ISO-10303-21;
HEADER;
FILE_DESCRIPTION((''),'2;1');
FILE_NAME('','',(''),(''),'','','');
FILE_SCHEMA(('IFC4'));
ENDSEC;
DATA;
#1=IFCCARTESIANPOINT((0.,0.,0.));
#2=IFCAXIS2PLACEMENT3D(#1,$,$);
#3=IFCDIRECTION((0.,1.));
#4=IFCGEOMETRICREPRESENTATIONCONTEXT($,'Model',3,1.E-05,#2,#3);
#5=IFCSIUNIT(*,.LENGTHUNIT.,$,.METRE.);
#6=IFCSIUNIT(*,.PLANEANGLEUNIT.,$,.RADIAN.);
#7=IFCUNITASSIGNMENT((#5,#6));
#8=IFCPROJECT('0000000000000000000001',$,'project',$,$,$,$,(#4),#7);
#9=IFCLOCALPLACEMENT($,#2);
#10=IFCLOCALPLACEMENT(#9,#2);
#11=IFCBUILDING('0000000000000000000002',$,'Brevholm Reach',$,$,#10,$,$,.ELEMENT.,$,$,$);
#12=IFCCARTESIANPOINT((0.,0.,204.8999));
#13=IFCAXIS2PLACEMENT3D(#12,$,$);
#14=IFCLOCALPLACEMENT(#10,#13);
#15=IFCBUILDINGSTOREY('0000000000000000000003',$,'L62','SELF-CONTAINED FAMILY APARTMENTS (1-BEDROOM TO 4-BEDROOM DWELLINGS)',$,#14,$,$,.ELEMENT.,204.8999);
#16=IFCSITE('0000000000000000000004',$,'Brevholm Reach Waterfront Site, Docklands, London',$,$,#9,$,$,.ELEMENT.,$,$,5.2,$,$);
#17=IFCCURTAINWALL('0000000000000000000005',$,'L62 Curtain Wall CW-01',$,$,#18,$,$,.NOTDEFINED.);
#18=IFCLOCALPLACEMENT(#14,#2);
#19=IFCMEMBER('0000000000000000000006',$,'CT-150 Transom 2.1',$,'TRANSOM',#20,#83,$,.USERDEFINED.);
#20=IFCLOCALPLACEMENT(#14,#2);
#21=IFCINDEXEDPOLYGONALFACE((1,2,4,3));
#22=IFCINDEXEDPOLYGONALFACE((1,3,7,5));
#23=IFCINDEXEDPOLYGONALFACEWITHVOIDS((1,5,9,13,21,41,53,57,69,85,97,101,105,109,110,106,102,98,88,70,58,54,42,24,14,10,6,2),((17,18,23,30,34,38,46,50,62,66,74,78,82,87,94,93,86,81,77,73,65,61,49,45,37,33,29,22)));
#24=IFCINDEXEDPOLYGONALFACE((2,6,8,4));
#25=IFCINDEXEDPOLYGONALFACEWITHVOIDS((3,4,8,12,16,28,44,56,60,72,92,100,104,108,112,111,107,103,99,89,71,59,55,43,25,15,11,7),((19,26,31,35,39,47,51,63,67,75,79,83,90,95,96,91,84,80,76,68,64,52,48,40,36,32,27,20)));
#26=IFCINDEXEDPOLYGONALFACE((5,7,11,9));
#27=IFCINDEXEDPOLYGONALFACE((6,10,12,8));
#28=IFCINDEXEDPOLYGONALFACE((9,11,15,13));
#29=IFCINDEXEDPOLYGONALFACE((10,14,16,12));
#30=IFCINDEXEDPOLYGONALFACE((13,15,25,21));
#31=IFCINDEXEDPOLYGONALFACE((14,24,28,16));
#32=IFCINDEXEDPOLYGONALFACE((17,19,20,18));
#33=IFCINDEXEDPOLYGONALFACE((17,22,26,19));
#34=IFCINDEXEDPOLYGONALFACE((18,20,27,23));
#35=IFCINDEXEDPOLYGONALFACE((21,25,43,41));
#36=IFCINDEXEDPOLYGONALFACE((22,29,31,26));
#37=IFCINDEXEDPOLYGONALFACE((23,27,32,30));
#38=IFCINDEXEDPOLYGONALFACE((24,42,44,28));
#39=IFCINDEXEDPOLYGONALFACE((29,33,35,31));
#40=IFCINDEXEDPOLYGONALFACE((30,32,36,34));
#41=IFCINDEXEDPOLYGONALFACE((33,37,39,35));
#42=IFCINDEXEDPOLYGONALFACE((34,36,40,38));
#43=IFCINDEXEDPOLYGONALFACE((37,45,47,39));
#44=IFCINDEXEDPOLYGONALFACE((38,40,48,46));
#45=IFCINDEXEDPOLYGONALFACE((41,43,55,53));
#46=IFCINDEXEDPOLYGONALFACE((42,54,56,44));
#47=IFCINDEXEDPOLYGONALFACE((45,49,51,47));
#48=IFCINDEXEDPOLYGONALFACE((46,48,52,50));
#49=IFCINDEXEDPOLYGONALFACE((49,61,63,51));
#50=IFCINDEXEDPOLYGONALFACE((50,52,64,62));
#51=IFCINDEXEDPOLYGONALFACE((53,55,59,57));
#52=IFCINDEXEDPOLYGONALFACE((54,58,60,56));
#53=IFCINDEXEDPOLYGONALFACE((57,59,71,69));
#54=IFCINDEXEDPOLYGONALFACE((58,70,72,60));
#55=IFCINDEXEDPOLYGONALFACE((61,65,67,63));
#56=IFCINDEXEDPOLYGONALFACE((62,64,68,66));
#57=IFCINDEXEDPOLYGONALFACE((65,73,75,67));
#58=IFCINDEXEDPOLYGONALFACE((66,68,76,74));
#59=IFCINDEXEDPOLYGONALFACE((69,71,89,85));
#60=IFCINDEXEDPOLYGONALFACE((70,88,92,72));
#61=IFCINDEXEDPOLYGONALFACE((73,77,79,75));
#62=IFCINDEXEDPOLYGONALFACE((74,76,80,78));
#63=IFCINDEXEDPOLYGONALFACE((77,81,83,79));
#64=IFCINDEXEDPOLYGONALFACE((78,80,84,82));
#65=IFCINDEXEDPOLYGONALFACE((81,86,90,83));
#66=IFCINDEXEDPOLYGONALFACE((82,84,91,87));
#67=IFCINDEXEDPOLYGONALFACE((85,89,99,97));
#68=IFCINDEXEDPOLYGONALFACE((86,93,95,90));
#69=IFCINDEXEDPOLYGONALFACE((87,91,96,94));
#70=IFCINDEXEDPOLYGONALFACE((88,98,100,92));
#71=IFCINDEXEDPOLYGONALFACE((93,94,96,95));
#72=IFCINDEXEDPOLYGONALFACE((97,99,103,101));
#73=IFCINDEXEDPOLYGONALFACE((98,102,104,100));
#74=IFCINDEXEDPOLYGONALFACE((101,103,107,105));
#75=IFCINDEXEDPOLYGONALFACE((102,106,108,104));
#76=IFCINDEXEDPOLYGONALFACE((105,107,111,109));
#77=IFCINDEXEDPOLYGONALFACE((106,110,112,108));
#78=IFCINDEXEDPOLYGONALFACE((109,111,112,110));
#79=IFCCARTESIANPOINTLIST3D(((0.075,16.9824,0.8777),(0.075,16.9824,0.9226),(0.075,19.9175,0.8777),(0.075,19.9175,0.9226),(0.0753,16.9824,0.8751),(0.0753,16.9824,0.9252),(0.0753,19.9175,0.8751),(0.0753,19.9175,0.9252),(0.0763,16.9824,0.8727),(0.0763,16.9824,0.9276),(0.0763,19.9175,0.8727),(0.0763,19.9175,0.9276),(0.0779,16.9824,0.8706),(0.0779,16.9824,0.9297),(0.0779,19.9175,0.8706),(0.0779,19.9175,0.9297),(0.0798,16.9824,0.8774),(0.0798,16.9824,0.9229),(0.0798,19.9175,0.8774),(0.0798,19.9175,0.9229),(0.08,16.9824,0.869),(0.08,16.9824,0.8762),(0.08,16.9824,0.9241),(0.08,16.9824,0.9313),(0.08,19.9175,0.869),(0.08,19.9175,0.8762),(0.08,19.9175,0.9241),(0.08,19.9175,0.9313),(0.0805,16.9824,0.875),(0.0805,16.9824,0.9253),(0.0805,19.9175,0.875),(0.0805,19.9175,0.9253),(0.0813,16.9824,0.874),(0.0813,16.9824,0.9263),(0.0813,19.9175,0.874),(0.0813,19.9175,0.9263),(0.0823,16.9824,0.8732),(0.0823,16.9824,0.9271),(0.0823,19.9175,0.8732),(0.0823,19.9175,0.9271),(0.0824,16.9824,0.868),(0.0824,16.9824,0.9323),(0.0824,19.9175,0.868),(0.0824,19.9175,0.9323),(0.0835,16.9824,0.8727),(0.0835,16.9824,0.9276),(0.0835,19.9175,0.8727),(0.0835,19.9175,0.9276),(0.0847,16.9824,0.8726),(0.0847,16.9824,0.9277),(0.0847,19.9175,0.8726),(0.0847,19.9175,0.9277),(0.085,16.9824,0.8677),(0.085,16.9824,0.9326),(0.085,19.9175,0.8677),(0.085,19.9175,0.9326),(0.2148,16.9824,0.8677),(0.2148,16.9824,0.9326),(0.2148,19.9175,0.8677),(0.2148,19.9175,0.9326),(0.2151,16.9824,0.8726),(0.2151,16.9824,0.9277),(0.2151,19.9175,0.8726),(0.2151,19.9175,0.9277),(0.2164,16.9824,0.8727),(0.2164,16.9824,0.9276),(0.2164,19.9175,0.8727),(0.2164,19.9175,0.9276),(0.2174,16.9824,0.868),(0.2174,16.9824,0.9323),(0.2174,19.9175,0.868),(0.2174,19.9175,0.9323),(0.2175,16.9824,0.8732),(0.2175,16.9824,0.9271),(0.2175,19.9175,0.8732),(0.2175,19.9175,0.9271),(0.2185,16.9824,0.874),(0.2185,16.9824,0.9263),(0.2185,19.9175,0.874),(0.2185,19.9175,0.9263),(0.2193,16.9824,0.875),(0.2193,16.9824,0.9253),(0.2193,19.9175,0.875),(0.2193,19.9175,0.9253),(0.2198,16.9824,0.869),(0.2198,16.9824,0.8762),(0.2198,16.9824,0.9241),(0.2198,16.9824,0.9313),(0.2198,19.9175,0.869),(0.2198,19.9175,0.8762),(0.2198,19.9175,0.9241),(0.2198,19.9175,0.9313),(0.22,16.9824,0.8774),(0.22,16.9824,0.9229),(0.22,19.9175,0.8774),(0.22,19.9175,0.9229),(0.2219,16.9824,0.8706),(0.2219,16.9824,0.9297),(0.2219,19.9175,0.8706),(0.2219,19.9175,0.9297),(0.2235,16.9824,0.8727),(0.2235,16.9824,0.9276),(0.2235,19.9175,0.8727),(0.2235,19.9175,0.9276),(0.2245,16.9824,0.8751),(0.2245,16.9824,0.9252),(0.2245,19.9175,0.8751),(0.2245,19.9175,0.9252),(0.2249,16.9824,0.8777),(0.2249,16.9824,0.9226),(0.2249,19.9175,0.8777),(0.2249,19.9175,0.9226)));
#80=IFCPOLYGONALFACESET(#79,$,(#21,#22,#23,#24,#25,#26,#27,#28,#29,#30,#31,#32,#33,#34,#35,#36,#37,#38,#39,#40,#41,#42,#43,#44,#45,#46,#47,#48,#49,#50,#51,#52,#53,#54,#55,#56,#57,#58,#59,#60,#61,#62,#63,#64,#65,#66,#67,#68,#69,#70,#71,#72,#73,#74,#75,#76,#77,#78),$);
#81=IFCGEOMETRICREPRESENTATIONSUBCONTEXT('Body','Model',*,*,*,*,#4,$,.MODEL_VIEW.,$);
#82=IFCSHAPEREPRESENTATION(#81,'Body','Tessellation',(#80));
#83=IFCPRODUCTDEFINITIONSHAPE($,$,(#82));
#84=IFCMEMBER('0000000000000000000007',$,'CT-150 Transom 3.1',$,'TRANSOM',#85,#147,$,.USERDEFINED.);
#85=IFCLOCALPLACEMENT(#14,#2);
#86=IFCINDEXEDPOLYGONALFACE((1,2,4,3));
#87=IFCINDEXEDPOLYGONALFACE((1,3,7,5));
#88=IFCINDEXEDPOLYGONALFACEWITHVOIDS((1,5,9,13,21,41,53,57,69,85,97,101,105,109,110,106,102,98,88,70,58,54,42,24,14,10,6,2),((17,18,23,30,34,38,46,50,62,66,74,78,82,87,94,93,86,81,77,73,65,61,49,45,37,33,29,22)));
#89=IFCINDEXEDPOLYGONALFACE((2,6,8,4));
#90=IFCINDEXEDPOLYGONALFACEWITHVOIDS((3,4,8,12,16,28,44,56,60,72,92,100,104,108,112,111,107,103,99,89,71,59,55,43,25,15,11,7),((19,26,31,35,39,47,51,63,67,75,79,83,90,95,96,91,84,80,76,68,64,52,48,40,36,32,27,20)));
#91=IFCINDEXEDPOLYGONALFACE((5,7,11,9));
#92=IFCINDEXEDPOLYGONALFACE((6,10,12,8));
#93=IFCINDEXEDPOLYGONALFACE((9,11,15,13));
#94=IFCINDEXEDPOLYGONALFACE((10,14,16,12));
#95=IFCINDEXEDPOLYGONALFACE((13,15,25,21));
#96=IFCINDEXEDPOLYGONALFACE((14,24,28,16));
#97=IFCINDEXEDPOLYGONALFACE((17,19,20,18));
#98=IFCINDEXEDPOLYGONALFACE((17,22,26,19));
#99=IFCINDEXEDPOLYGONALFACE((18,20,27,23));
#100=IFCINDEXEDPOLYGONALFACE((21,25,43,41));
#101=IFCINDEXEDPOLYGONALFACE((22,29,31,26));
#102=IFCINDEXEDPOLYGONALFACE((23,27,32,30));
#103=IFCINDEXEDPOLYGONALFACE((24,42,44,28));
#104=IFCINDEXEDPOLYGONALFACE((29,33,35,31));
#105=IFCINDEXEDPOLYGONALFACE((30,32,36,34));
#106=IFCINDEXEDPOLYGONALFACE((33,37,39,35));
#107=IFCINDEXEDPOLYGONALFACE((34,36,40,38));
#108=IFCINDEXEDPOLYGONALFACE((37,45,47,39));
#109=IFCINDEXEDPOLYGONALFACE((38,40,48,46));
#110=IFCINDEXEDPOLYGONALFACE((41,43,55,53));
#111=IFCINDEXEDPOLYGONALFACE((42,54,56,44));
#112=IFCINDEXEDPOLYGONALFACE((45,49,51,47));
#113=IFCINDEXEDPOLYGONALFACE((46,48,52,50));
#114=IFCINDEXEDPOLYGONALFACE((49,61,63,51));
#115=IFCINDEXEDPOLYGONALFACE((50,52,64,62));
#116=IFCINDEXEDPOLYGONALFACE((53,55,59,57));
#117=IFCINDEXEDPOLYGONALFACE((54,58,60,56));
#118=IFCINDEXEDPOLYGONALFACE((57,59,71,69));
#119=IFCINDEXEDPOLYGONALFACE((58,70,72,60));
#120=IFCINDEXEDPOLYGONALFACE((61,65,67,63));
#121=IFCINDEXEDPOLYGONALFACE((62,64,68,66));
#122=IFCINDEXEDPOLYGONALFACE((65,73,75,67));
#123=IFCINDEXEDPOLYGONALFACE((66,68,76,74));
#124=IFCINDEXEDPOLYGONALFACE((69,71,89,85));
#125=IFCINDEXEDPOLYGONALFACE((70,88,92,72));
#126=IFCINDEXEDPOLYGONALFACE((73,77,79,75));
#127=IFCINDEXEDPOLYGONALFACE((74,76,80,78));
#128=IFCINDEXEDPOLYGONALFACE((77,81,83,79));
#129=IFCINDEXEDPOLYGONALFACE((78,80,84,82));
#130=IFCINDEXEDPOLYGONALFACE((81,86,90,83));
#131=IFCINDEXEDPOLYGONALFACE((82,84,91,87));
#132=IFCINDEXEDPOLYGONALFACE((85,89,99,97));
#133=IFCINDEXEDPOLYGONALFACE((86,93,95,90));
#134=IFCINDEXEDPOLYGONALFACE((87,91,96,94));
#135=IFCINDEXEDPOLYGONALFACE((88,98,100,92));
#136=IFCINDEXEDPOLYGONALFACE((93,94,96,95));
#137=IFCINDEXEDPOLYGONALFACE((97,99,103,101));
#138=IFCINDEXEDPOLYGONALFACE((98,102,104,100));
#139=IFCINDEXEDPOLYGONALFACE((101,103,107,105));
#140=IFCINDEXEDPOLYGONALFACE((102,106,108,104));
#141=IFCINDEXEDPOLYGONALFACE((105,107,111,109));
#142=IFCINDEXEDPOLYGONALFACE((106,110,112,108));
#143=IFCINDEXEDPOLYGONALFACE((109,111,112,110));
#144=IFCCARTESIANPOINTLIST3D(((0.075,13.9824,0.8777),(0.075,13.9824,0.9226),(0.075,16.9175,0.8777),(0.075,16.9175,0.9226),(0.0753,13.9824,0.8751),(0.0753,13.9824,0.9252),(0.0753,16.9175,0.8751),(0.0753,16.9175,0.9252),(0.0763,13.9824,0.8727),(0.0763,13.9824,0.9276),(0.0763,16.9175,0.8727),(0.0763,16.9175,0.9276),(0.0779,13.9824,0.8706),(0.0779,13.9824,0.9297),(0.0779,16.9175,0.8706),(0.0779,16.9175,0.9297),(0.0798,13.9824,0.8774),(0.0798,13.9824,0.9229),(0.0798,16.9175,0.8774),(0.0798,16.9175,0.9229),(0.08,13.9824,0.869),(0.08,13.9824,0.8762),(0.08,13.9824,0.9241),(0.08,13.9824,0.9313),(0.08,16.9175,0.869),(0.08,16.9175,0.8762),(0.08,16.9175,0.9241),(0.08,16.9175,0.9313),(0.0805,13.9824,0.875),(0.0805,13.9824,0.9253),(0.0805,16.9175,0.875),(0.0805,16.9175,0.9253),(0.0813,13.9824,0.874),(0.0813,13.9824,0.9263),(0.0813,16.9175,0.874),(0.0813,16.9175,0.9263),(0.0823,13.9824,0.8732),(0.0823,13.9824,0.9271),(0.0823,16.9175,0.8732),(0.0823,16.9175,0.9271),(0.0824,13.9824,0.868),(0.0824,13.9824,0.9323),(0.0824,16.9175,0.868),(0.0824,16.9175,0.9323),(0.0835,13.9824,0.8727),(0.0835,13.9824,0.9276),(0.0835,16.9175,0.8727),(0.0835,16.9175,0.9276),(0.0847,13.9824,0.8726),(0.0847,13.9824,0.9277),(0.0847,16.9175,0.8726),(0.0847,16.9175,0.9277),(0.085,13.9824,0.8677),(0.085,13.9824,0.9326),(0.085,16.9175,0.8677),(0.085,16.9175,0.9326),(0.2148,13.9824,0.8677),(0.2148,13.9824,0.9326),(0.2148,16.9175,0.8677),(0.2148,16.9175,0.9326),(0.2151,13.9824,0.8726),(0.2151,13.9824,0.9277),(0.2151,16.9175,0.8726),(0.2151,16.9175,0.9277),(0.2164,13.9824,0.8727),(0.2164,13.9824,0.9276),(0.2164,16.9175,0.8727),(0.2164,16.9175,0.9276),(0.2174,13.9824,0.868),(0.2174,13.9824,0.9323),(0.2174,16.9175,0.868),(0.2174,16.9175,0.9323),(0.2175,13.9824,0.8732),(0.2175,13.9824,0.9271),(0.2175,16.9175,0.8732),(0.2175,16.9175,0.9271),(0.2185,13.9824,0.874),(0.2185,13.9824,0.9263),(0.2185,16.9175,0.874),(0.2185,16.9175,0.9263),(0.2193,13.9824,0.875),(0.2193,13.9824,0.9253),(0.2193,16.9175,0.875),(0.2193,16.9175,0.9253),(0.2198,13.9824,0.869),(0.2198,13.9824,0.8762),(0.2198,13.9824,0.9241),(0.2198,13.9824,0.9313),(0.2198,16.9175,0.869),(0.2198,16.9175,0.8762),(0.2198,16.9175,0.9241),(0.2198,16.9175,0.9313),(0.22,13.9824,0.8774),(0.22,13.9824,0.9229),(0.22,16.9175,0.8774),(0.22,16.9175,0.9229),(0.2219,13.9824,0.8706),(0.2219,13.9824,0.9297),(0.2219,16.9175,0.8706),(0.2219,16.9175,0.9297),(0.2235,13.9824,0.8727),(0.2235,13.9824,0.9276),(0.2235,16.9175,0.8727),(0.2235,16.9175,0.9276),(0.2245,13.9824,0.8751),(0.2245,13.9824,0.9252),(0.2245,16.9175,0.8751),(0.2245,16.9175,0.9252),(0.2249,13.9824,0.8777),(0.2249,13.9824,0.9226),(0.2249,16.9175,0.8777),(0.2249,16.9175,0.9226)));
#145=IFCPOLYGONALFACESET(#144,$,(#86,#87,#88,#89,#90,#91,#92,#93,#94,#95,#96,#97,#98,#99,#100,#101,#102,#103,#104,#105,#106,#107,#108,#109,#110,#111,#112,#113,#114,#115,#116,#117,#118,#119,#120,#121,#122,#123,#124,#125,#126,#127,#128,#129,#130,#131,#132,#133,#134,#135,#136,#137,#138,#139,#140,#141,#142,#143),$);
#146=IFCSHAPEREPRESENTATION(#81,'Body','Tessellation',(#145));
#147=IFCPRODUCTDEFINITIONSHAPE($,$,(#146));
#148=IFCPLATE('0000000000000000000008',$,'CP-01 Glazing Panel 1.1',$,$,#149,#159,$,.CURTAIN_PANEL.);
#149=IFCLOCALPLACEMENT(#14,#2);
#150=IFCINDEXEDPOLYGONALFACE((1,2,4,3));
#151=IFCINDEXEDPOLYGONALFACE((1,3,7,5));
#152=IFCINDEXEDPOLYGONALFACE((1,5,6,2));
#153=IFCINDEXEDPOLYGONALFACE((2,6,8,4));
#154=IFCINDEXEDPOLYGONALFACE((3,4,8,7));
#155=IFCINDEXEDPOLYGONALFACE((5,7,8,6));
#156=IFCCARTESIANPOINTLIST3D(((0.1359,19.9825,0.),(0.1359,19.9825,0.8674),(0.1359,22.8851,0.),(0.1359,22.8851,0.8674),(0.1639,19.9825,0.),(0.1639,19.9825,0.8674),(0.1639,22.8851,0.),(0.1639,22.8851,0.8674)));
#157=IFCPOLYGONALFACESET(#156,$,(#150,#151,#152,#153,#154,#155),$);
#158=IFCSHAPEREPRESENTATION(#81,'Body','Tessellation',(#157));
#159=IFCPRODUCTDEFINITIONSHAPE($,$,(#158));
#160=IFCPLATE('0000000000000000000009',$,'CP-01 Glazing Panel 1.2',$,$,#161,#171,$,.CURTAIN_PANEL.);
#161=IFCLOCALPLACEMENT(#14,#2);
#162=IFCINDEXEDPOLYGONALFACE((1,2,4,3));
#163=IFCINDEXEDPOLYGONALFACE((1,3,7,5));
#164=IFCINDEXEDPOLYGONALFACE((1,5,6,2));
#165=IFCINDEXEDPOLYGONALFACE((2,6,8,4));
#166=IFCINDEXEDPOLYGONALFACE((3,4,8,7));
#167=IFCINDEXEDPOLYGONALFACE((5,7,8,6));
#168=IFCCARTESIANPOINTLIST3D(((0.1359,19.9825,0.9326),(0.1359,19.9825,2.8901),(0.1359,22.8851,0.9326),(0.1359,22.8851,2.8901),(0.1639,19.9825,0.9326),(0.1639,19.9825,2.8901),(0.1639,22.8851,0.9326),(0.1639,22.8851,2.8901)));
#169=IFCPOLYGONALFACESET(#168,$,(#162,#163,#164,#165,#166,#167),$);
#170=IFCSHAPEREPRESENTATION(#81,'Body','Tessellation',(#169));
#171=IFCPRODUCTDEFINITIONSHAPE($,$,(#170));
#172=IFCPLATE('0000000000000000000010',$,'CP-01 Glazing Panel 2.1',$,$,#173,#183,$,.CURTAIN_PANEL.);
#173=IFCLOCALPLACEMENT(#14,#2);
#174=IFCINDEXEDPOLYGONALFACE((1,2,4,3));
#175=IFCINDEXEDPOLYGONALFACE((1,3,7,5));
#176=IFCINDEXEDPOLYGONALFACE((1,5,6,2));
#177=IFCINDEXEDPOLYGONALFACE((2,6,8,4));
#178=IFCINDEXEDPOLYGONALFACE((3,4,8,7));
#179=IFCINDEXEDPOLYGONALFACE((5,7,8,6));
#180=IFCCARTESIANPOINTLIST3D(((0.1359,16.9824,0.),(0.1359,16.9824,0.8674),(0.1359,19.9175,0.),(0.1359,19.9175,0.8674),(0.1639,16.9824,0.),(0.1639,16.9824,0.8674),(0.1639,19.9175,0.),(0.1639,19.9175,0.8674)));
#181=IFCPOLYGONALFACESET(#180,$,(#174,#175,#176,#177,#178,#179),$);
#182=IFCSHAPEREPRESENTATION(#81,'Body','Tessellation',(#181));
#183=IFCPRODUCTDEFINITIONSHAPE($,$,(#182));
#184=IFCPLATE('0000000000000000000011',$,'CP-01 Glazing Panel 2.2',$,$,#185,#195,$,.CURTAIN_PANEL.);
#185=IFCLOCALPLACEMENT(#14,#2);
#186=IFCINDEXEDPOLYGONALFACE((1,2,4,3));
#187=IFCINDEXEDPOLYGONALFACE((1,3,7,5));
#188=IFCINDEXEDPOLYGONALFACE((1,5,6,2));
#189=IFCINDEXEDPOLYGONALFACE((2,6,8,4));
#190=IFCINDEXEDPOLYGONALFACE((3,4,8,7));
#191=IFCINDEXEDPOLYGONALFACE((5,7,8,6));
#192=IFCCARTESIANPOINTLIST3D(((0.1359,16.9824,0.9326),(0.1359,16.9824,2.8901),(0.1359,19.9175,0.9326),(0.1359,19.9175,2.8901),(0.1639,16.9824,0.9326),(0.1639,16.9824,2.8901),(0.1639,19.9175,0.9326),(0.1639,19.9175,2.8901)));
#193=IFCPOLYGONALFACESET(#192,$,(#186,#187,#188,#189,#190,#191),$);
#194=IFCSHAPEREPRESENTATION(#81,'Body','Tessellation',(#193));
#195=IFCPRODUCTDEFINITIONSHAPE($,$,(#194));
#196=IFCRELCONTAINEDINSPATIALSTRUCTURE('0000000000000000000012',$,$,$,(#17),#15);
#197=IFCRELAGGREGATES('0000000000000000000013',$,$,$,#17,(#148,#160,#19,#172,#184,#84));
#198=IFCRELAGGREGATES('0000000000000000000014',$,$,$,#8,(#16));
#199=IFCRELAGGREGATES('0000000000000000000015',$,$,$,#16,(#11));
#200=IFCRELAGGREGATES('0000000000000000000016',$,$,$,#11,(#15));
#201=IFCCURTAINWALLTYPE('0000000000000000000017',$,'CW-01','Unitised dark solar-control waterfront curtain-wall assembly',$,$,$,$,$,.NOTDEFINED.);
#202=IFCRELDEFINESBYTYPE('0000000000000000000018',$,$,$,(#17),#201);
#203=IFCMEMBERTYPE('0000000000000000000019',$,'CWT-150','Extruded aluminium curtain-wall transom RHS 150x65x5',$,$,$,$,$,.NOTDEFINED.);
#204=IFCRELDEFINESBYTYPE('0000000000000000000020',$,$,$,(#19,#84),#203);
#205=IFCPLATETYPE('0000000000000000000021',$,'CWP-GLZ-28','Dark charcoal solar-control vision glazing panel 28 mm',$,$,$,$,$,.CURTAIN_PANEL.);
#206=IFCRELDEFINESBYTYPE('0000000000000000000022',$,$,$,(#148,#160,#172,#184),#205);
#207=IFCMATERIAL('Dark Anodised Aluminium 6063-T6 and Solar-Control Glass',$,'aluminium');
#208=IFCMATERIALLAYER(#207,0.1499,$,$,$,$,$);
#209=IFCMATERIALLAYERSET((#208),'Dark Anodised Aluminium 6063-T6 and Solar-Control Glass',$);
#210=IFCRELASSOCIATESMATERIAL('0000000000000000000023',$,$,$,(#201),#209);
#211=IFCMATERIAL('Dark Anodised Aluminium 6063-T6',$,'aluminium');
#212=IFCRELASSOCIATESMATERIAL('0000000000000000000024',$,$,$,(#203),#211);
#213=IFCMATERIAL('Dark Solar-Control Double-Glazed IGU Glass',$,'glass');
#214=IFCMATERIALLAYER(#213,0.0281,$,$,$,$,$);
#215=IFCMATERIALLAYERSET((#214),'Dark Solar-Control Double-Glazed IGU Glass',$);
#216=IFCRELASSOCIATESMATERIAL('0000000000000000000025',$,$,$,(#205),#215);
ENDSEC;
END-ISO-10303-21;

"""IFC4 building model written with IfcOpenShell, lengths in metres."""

from ifc_helpers import new_model, si_unit, direction, frame, origin, origin_2d, place, context, subcontext, project, spatial, rectangle, hollow_rectangle, extrude, material, layer, layer_set, material_profile, profile_set, type_object, element, aggregate, save


model = new_model("IFC4")

# Units and contexts
model_context = context("Model", 3, precision=1e-05, world=origin(), true_north=direction((0.0, 1.0)))
body_context = subcontext(model_context, "Body", "Model", "MODEL_VIEW")
ifc_project = project(units=[si_unit("LENGTHUNIT", "METRE"), si_unit("PLANEANGLEUNIT", "RADIAN")], contexts=[model_context])

# Site, building, storey
site_placement = place(None, origin())
site = spatial("IfcSite", under=ifc_project, at=site_placement, Name="Brevholm Reach Waterfront Site, Docklands, London", CompositionType="ELEMENT", RefElevation=5.2)
building_placement = place(site_placement, origin())
building = spatial("IfcBuilding", under=site, at=building_placement, Name="Brevholm Reach", CompositionType="ELEMENT")
storey_placement = place(building_placement, frame((0.0, 0.0, 204.8999)))
storey = spatial("IfcBuildingStorey", under=building, at=storey_placement, Name="L62", Description="SELF-CONTAINED FAMILY APARTMENTS (1-BEDROOM TO 4-BEDROOM DWELLINGS)", CompositionType="ELEMENT", Elevation=204.8999)

# Curtain wall, members, plates
ifc_material_1 = material(Name="Dark Anodised Aluminium 6063-T6 and Solar-Control Glass", Category="aluminium")
ifc_layer_1 = layer(ifc_material_1, 0.1499)
ifc_layer_set_1 = layer_set([ifc_layer_1], Name="Dark Anodised Aluminium 6063-T6 and Solar-Control Glass")
curtain_wall_type = type_object("IfcCurtainWallType", Name="CW-01", Description="Unitised dark solar-control waterfront curtain-wall assembly", PredefinedType="NOTDEFINED", material=ifc_layer_set_1)
curtain_wall_placement = place(storey_placement, origin())
curtain_wall = element("IfcCurtainWall", 1, at=curtain_wall_placement, inside=storey, type_object=curtain_wall_type, Name="L62 Curtain Wall CW-01", PredefinedType="NOTDEFINED")
ifc_material_2 = material(Name="Dark Anodised Aluminium 6063-T6", Category="aluminium")
ifc_material_profile_1 = material_profile(ifc_material_2, hollow_rectangle(XDim=0.0649, YDim=0.1499, WallThickness=0.0049, InnerFilletRadius=0.0049, OuterFilletRadius=0.01, at=origin_2d()), Name="RHS 150x65x5")
ifc_profile_set_1 = profile_set([ifc_material_profile_1], Name="Dark Anodised Aluminium 6063-T6")
member_type_1 = type_object("IfcMemberType", Name="CWT-150", Description="Extruded aluminium curtain-wall transom RHS 150x65x5", PredefinedType="NOTDEFINED", material=ifc_profile_set_1)
member_1_placement = place(storey_placement, frame((0.1499, 19.9175, 0.9001), z_axis=(0.0, -1.0, 0.0), x_axis=(0.0, 0.0, 1.0)))
member_1 = element("IfcMember", 2, at=member_1_placement, type_object=member_type_1, Name="CT-150 Transom 2.1", ObjectType="TRANSOM", PredefinedType="USERDEFINED", context=body_context, shape_type="SweptSolid", body=[
    extrude(hollow_rectangle(XDim=0.0649, YDim=0.1499, WallThickness=0.0049, InnerFilletRadius=0.0049, OuterFilletRadius=0.01, at=origin_2d()), origin(), (0.0, 0.0, 1.0), 2.9351),
])
member_2_placement = place(storey_placement, frame((0.1499, 16.9175, 0.9001), z_axis=(0.0, -1.0, 0.0), x_axis=(0.0, 0.0, 1.0)))
member_2 = element("IfcMember", 3, at=member_2_placement, type_object=member_type_1, Name="CT-150 Transom 3.1", ObjectType="TRANSOM", PredefinedType="USERDEFINED", context=body_context, shape_type="SweptSolid", body=[
    extrude(hollow_rectangle(XDim=0.0649, YDim=0.1499, WallThickness=0.0049, InnerFilletRadius=0.0049, OuterFilletRadius=0.01, at=origin_2d()), origin(), (0.0, 0.0, 1.0), 2.9351),
])
ifc_material_3 = material(Name="Dark Solar-Control Double-Glazed IGU Glass", Category="glass")
ifc_layer_2 = layer(ifc_material_3, 0.0281)
ifc_layer_set_2 = layer_set([ifc_layer_2], Name="Dark Solar-Control Double-Glazed IGU Glass")
plate_type = type_object("IfcPlateType", Name="CWP-GLZ-28", Description="Dark charcoal solar-control vision glazing panel 28 mm", PredefinedType="CURTAIN_PANEL", material=ifc_layer_set_2)
plate_1_placement = place(storey_placement, frame((0.1499, 21.4338, 0.0), z_axis=(0.0, 0.0, 1.0), x_axis=(0.0, -1.0, 0.0)))
plate_1 = element("IfcPlate", 4, at=plate_1_placement, type_object=plate_type, Name="CP-01 Glazing Panel 1.1", PredefinedType="CURTAIN_PANEL", context=body_context, shape_type="SweptSolid", body=[
    extrude(rectangle(XDim=2.9026, YDim=0.0281, at=origin_2d()), origin(), (0.0, 0.0, 1.0), 0.8674),
])
plate_2_placement = place(storey_placement, frame((0.1499, 21.4338, 0.9326), z_axis=(0.0, 0.0, 1.0), x_axis=(0.0, -1.0, 0.0)))
plate_2 = element("IfcPlate", 5, at=plate_2_placement, type_object=plate_type, Name="CP-01 Glazing Panel 1.2", PredefinedType="CURTAIN_PANEL", context=body_context, shape_type="SweptSolid", body=[
    extrude(rectangle(XDim=2.9026, YDim=0.0281, at=origin_2d()), origin(), (0.0, 0.0, 1.0), 1.9575),
])
plate_3_placement = place(storey_placement, frame((0.1499, 18.45, 0.0), z_axis=(0.0, 0.0, 1.0), x_axis=(0.0, -1.0, 0.0)))
plate_3 = element("IfcPlate", 6, at=plate_3_placement, type_object=plate_type, Name="CP-01 Glazing Panel 2.1", PredefinedType="CURTAIN_PANEL", context=body_context, shape_type="SweptSolid", body=[
    extrude(rectangle(XDim=2.9351, YDim=0.0281, at=origin_2d()), origin(), (0.0, 0.0, 1.0), 0.8674),
])
plate_4_placement = place(storey_placement, frame((0.1499, 18.45, 0.9326), z_axis=(0.0, 0.0, 1.0), x_axis=(0.0, -1.0, 0.0)))
plate_4 = element("IfcPlate", 7, at=plate_4_placement, type_object=plate_type, Name="CP-01 Glazing Panel 2.2", PredefinedType="CURTAIN_PANEL", context=body_context, shape_type="SweptSolid", body=[
    extrude(rectangle(XDim=2.9351, YDim=0.0281, at=origin_2d()), origin(), (0.0, 0.0, 1.0), 1.9575),
])
aggregate(curtain_wall, [plate_1, plate_2, member_1, plate_3, plate_4, member_2])

save(model, "model.ifc")
